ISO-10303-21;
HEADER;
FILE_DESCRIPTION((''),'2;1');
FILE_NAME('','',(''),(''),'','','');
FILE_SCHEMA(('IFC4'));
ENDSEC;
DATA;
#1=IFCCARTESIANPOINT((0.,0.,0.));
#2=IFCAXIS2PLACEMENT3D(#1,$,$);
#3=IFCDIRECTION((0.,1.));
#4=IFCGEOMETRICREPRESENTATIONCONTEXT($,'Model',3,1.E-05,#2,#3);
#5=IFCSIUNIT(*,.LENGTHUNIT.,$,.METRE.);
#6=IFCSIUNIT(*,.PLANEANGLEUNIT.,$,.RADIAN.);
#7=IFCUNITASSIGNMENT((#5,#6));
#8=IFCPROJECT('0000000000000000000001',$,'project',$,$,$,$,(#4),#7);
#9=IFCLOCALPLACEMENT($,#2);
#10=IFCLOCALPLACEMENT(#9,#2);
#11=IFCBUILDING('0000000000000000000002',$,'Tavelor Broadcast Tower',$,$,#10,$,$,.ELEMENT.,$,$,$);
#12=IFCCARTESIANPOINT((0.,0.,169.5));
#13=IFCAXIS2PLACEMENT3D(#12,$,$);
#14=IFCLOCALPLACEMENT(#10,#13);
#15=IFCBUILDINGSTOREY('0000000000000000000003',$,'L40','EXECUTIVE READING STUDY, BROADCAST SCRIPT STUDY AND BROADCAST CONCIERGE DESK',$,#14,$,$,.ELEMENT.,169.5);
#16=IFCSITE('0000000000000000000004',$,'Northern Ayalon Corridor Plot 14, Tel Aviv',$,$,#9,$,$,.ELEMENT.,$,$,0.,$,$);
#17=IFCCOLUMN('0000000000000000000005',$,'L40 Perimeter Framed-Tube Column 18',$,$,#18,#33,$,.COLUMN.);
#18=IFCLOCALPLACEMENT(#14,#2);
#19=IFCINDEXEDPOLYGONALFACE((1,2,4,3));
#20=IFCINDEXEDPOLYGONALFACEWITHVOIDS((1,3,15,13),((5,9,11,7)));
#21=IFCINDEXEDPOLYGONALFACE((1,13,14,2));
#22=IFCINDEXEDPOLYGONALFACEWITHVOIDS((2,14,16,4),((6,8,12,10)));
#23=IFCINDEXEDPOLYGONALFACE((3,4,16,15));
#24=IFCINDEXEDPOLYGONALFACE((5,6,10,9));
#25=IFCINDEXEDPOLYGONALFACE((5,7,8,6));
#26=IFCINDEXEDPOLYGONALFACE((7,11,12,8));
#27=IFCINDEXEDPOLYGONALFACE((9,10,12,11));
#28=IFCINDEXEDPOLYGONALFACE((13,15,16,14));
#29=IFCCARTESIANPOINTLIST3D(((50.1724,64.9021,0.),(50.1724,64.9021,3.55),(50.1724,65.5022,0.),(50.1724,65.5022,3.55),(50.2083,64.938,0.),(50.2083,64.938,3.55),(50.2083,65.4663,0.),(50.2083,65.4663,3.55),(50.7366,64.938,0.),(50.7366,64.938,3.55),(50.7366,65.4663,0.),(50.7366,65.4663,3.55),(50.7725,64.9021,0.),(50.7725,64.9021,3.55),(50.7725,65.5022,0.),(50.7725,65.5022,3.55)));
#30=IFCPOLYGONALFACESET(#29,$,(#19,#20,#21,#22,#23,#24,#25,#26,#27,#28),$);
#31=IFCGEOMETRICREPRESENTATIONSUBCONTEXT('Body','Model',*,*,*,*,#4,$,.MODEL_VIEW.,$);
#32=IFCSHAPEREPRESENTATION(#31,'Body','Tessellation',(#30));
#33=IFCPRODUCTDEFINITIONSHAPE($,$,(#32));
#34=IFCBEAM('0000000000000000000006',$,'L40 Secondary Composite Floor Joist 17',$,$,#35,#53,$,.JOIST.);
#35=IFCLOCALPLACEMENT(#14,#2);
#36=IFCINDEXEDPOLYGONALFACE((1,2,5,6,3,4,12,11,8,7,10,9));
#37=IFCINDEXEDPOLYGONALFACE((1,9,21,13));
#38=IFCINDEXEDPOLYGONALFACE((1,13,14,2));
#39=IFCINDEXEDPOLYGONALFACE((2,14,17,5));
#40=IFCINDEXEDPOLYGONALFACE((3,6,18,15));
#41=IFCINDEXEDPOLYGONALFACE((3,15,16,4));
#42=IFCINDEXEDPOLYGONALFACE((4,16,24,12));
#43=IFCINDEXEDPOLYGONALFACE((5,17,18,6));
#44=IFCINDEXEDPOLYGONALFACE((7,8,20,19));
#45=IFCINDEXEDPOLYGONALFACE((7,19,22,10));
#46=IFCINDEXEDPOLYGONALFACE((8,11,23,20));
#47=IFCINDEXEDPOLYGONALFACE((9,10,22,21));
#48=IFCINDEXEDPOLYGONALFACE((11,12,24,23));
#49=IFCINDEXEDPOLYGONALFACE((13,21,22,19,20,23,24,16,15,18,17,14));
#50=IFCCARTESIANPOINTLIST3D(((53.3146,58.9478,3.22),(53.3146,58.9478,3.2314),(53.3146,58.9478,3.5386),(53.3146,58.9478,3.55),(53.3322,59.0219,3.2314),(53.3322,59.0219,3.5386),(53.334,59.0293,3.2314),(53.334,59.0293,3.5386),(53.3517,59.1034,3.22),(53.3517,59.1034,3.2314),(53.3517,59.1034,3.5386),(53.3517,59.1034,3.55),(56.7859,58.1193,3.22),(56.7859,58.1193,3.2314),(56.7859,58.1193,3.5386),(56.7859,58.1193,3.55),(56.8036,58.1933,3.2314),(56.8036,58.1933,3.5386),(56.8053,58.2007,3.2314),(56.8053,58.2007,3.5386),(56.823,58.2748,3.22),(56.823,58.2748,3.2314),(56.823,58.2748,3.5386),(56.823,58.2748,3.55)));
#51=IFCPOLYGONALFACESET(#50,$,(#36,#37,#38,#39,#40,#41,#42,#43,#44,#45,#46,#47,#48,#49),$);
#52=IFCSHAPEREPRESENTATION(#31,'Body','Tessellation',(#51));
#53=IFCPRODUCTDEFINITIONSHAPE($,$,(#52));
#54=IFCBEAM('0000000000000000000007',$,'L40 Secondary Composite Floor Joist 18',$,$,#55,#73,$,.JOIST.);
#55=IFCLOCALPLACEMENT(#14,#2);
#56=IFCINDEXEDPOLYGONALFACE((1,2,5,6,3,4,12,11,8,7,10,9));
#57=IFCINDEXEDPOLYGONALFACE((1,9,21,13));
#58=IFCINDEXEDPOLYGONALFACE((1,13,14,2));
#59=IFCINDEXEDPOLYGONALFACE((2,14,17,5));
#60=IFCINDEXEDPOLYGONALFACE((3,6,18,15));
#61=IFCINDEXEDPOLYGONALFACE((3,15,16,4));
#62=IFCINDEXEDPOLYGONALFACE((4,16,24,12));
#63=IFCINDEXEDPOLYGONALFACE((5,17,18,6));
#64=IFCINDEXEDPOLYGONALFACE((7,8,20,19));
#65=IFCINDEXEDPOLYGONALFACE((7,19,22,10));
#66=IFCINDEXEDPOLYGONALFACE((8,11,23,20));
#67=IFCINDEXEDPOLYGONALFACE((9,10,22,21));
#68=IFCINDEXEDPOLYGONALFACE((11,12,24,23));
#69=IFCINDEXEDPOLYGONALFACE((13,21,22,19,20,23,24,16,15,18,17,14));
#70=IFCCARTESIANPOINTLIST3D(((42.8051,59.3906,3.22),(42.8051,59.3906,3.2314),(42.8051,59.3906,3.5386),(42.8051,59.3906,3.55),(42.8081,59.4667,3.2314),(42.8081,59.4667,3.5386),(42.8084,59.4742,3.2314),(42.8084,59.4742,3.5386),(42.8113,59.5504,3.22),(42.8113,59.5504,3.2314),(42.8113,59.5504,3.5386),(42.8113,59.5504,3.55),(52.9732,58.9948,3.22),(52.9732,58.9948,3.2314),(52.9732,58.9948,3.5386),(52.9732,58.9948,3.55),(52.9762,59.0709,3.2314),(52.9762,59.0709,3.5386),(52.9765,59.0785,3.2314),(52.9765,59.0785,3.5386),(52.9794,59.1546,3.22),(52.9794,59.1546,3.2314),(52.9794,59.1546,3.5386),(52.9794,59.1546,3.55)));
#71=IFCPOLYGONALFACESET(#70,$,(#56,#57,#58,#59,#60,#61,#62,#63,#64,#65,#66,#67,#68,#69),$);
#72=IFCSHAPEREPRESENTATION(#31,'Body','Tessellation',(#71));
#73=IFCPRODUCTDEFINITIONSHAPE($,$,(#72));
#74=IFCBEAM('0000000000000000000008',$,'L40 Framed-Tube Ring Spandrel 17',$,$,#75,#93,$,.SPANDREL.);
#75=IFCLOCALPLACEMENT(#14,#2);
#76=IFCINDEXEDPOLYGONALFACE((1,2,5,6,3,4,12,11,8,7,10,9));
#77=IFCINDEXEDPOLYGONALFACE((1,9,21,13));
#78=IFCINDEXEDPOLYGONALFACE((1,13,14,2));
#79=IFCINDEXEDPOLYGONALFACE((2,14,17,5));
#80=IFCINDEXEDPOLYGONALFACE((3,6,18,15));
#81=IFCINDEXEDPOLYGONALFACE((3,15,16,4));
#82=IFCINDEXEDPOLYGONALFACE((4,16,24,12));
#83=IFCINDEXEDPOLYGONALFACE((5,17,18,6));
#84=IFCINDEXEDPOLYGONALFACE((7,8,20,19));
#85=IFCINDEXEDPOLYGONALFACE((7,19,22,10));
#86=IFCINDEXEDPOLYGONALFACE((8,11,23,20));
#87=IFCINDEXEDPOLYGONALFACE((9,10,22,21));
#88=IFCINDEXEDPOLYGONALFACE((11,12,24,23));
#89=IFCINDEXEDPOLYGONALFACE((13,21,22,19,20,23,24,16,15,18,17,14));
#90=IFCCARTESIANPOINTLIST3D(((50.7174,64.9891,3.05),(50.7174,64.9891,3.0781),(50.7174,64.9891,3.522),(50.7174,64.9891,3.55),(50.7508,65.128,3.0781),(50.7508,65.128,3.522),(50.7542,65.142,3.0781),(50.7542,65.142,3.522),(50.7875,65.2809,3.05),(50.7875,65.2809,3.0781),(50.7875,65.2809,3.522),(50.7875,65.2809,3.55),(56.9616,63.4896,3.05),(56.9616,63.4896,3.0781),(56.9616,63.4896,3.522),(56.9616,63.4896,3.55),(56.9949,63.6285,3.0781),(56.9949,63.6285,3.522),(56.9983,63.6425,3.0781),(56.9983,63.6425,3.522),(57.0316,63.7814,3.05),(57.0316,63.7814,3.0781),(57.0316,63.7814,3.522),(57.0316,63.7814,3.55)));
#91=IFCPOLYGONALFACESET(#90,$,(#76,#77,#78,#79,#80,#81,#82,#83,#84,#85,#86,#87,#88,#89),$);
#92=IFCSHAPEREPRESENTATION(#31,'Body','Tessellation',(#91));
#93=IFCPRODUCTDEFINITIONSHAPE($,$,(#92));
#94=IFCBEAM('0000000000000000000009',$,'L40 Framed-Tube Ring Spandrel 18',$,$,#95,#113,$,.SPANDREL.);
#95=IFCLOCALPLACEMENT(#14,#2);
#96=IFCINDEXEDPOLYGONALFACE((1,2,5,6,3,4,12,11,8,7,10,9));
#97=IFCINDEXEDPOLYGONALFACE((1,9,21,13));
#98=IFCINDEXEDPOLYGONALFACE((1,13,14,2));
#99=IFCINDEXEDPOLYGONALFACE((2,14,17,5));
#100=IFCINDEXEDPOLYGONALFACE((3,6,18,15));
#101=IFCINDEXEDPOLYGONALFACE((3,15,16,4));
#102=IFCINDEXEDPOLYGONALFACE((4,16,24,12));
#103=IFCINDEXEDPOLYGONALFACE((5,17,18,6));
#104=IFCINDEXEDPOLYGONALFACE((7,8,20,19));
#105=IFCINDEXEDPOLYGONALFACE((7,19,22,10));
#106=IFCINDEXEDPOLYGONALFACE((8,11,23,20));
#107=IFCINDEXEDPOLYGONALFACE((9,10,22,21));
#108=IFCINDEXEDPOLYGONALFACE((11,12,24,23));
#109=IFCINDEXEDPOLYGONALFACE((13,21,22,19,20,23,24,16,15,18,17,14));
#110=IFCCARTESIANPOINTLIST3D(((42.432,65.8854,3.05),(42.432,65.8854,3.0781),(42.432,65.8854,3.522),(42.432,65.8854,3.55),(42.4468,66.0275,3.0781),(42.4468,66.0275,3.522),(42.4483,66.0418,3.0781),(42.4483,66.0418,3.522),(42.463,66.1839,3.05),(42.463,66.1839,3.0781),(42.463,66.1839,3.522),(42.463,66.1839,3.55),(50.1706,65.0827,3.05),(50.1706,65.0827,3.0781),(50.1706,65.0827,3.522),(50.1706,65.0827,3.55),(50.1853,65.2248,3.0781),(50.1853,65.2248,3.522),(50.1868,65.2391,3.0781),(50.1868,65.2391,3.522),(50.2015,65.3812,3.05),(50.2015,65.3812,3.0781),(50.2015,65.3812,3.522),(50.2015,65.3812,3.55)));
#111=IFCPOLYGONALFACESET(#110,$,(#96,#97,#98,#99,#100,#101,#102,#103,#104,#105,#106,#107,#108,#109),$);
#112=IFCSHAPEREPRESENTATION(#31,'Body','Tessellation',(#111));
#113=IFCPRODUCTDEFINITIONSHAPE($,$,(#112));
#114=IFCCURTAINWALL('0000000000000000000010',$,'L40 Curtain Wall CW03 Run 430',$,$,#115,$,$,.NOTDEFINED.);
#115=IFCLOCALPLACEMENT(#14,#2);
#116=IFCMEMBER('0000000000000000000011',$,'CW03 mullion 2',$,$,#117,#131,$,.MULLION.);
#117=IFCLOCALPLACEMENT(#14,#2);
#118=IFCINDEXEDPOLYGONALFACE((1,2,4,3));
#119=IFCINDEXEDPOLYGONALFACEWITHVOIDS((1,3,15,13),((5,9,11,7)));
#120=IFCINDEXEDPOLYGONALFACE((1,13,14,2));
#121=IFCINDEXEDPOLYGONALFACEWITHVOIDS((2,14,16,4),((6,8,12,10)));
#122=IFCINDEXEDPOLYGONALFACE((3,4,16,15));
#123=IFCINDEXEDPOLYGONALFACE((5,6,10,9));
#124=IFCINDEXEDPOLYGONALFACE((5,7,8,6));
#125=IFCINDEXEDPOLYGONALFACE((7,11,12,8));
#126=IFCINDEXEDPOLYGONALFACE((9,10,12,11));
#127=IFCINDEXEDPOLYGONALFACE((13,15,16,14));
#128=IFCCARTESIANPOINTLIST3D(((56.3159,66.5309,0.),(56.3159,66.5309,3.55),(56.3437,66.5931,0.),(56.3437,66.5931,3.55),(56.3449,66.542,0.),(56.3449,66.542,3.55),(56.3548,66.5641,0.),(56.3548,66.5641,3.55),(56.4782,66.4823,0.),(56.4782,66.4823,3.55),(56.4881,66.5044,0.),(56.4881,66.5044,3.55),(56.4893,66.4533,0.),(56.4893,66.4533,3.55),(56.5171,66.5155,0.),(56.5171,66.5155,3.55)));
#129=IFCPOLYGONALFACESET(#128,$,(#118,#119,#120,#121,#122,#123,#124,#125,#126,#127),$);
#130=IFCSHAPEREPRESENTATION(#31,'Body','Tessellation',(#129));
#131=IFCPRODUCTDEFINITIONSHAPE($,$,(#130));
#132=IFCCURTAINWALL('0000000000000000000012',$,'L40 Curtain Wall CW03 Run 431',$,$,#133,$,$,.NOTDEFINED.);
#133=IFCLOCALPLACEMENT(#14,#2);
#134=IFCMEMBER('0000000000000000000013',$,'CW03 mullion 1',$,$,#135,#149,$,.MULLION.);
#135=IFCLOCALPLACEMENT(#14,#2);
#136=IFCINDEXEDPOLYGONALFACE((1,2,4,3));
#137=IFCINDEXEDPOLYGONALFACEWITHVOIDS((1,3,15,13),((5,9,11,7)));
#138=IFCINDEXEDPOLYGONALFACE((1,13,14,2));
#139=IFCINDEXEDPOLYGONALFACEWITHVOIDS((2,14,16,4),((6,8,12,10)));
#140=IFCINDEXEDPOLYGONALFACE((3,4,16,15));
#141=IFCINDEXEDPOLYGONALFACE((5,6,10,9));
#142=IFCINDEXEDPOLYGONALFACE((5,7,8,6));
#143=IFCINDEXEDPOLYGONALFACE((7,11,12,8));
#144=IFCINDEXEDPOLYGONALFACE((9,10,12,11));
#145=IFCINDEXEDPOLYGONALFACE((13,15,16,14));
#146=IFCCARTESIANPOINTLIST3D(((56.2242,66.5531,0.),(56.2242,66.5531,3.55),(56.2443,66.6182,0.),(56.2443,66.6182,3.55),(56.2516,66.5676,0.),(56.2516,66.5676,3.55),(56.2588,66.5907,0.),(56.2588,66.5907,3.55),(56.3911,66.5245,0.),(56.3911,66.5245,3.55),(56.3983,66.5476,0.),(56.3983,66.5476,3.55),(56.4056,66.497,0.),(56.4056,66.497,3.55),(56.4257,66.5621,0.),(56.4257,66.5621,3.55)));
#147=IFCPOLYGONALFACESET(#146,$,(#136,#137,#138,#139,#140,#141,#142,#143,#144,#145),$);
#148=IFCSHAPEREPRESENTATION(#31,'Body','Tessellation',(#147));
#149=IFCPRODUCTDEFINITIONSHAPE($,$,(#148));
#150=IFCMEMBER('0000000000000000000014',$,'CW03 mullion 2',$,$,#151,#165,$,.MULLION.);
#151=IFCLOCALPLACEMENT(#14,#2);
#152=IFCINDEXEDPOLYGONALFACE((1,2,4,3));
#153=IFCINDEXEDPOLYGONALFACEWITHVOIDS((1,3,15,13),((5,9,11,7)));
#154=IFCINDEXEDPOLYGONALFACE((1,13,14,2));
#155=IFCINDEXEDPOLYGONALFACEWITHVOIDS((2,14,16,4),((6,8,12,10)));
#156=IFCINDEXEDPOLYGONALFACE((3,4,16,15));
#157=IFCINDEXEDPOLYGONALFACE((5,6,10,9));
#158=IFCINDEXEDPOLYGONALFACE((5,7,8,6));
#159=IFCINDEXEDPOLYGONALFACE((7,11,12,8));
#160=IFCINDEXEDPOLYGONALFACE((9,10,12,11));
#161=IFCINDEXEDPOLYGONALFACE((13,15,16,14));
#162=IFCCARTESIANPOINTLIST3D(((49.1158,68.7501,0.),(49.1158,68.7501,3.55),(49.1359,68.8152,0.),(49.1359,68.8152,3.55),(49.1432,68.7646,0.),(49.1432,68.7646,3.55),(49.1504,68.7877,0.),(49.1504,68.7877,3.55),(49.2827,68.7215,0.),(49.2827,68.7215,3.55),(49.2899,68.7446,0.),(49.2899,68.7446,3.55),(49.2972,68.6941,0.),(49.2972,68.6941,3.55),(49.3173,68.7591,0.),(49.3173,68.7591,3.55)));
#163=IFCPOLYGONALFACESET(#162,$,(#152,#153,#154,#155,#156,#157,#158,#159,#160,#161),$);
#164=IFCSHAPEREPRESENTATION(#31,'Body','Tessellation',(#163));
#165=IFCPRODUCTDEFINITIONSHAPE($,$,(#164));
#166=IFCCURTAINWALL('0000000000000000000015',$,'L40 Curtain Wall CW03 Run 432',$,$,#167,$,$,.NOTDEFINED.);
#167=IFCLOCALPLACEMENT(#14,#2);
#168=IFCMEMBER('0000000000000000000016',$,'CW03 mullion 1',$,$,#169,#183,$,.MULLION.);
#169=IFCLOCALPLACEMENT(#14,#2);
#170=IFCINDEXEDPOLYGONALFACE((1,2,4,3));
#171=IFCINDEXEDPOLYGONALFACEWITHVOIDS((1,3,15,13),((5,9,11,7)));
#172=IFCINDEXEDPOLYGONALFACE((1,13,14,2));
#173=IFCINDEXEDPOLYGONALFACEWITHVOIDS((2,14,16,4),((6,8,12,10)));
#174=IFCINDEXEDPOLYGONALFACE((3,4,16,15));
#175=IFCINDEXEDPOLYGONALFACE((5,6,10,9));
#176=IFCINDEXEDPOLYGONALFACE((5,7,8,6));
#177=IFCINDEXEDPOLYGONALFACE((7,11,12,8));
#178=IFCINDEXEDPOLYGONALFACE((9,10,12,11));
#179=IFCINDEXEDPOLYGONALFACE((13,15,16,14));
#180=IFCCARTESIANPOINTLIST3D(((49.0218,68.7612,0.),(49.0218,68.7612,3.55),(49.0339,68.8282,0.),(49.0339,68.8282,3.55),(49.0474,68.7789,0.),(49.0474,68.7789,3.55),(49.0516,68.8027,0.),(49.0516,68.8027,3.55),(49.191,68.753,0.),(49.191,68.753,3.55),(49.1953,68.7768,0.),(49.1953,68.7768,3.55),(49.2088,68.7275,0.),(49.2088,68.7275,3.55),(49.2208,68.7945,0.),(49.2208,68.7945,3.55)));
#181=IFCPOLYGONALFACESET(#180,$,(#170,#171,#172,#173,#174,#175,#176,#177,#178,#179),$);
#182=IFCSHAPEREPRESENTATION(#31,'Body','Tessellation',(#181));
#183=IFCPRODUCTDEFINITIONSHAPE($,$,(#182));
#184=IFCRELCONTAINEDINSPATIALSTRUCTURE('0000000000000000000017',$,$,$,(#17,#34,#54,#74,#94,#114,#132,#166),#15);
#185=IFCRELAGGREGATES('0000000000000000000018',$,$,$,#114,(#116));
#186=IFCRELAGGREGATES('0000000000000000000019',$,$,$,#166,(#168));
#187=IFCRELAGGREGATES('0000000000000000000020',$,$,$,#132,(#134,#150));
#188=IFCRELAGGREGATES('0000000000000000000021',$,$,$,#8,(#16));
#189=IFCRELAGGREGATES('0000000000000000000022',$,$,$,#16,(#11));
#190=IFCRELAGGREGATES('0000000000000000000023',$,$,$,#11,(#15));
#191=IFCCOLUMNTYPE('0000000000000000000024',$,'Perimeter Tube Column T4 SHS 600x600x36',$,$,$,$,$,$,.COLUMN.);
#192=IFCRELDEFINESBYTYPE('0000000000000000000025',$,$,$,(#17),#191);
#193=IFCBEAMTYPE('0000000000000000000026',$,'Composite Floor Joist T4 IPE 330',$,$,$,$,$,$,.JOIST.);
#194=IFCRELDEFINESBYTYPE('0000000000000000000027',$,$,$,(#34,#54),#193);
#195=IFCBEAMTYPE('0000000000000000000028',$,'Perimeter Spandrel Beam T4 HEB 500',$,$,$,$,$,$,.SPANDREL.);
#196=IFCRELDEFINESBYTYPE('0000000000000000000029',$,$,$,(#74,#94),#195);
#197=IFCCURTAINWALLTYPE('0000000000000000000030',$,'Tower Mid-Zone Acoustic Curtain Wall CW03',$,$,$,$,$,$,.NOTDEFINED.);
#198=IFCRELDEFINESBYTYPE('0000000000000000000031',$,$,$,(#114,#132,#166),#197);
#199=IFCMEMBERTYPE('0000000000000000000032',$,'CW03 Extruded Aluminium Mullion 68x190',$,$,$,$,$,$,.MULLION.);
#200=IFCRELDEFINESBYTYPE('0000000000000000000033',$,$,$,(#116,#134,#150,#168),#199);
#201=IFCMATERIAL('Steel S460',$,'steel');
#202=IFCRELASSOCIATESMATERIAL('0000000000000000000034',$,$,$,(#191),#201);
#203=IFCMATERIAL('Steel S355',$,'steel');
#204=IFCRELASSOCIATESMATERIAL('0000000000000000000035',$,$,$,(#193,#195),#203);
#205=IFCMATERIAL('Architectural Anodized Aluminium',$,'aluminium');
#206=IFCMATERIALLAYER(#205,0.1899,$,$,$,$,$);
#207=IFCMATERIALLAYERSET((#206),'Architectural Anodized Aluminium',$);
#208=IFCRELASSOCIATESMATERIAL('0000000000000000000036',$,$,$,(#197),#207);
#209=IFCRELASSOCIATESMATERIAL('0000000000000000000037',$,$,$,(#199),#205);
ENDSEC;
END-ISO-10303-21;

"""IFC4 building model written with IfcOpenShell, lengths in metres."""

from ifc_helpers import new_model, si_unit, direction, frame, origin, origin_2d, place, context, subcontext, project, spatial, hollow_rectangle, i_section, extrude, source, transform, mapped, material, layer, layer_set, material_profile, profile_set, type_object, type_shapes, element, aggregate, save


model = new_model("IFC4")

# Units and contexts
model_context = context("Model", 3, precision=1e-05, world=origin(), true_north=direction((0.0, 1.0)))
body_context = subcontext(model_context, "Body", "Model", "MODEL_VIEW")
ifc_project = project(units=[si_unit("LENGTHUNIT", "METRE"), si_unit("PLANEANGLEUNIT", "RADIAN")], contexts=[model_context])

# Site, building, storey
site_placement = place(None, origin())
site = spatial("IfcSite", under=ifc_project, at=site_placement, Name="Northern Ayalon Corridor Plot 14, Tel Aviv", CompositionType="ELEMENT", RefElevation=0.0)
building_placement = place(site_placement, origin())
building = spatial("IfcBuilding", under=site, at=building_placement, Name="Tavelor Broadcast Tower", CompositionType="ELEMENT")
storey_placement = place(building_placement, frame((0.0, 0.0, 169.5)))
storey = spatial("IfcBuildingStorey", under=building, at=storey_placement, Name="L40", Description="EXECUTIVE READING STUDY, BROADCAST SCRIPT STUDY AND BROADCAST CONCIERGE DESK", CompositionType="ELEMENT", Elevation=169.5)

# Column
ifc_material_1 = material(Name="Steel S460", Category="steel")
ifc_material_profile_1 = material_profile(ifc_material_1, hollow_rectangle(XDim=0.6001, YDim=0.6001, WallThickness=0.0359, at=origin_2d()), Name="SHS 600x600x36")
ifc_profile_set_1 = profile_set([ifc_material_profile_1], Name="Steel S460")
column_type = type_object("IfcColumnType", Name="Perimeter Tube Column T4 SHS 600x600x36", PredefinedType="COLUMN", material=ifc_profile_set_1)
column_placement = place(storey_placement, frame((50.4724, 65.2021, 0.0), z_axis=(0.0, 0.0, 1.0), x_axis=(1.0, 0.0, 0.0)))
element("IfcColumn", 1, at=column_placement, inside=storey, type_object=column_type, Name="L40 Perimeter Framed-Tube Column 18", PredefinedType="COLUMN", context=body_context, shape_type="SweptSolid", body=[
    extrude(hollow_rectangle(XDim=0.6001, YDim=0.6001, WallThickness=0.0359, at=origin_2d()), origin(), (0.0, 0.0, 1.0), 3.55),
])

# Beams
ifc_material_2 = material(Name="Steel S355", Category="steel")
ifc_material_profile_2 = material_profile(ifc_material_2, i_section(OverallWidth=0.1599, OverallDepth=0.3301, WebThickness=0.0076, FlangeThickness=0.0115, at=origin_2d()), Name="IPE 330")
ifc_profile_set_2 = profile_set([ifc_material_profile_2], Name="Steel S355")
beam_type_1 = type_object("IfcBeamType", Name="Composite Floor Joist T4 IPE 330", PredefinedType="JOIST", material=ifc_profile_set_2)
beam_1_placement = place(storey_placement, frame((56.8044, 58.197, 3.385), z_axis=(-0.972675, 0.232172, 0.0), x_axis=(-0.232172, -0.972675, 0.0)))
element("IfcBeam", 2, at=beam_1_placement, inside=storey, type_object=beam_type_1, Name="L40 Secondary Composite Floor Joist 17", PredefinedType="JOIST", context=body_context, shape_type="SweptSolid", body=[
    extrude(i_section(OverallWidth=0.1599, OverallDepth=0.3301, WebThickness=0.0076, FlangeThickness=0.0115, at=origin_2d()), origin(), (0.0, 0.0, 1.0), 3.5688),
])
beam_2_placement = place(storey_placement, frame((52.9763, 59.0747, 3.385), z_axis=(-0.999243, 0.038892, 0.0), x_axis=(-0.038892, -0.999243, 0.0)))
element("IfcBeam", 3, at=beam_2_placement, inside=storey, type_object=beam_type_1, Name="L40 Secondary Composite Floor Joist 18", PredefinedType="JOIST", context=body_context, shape_type="SweptSolid", body=[
    extrude(i_section(OverallWidth=0.1599, OverallDepth=0.3301, WebThickness=0.0076, FlangeThickness=0.0115, at=origin_2d()), origin(), (0.0, 0.0, 1.0), 10.1758),
])
ifc_material_profile_3 = material_profile(ifc_material_2, i_section(OverallWidth=0.3, OverallDepth=0.5, WebThickness=0.0144, FlangeThickness=0.0281, at=origin_2d()), Name="HEB 500")
ifc_profile_set_3 = profile_set([ifc_material_profile_3], Name="Steel S355")
beam_type_2 = type_object("IfcBeamType", Name="Perimeter Spandrel Beam T4 HEB 500", PredefinedType="SPANDREL", material=ifc_profile_set_3)
beam_3_placement = place(storey_placement, frame((56.9966, 63.6355, 3.3), z_axis=(-0.972355, 0.233508, 0.0), x_axis=(-0.233508, -0.972355, 0.0)))
element("IfcBeam", 4, at=beam_3_placement, inside=storey, type_object=beam_type_2, Name="L40 Framed-Tube Ring Spandrel 17", PredefinedType="SPANDREL", context=body_context, shape_type="SweptSolid", body=[
    extrude(i_section(OverallWidth=0.3, OverallDepth=0.5, WebThickness=0.0144, FlangeThickness=0.0281, at=origin_2d()), origin(), (0.0, 0.0, 1.0), 6.4216),
])
beam_4_placement = place(storey_placement, frame((50.186, 65.2319, 3.3), z_axis=(-0.994663, 0.103179, 0.0), x_axis=(-0.103179, -0.994663, 0.0)))
element("IfcBeam", 5, at=beam_4_placement, inside=storey, type_object=beam_type_2, Name="L40 Framed-Tube Ring Spandrel 18", PredefinedType="SPANDREL", context=body_context, shape_type="SweptSolid", body=[
    extrude(i_section(OverallWidth=0.3, OverallDepth=0.5, WebThickness=0.0144, FlangeThickness=0.0281, at=origin_2d()), origin(), (0.0, 0.0, 1.0), 7.78),
])

# Curtain wall, member
ifc_material_3 = material(Name="Architectural Anodized Aluminium", Category="aluminium")
ifc_layer_1 = layer(ifc_material_3, 0.1899)
ifc_layer_set_1 = layer_set([ifc_layer_1], Name="Architectural Anodized Aluminium")
curtain_wall_type = type_object("IfcCurtainWallType", Name="Tower Mid-Zone Acoustic Curtain Wall CW03", PredefinedType="NOTDEFINED", material=ifc_layer_set_1)
curtain_wall_1_placement = place(storey_placement, origin())
curtain_wall_1 = element("IfcCurtainWall", 6, at=curtain_wall_1_placement, inside=storey, type_object=curtain_wall_type, Name="L40 Curtain Wall CW03 Run 430", PredefinedType="NOTDEFINED")
ifc_material_profile_4 = material_profile(ifc_material_3, hollow_rectangle(XDim=0.0681, YDim=0.1899, WallThickness=0.022, at=origin_2d()), Name="RHS 68x190x22")
ifc_profile_set_4 = profile_set([ifc_material_profile_4], Name="Architectural Anodized Aluminium")
member_type_1 = type_object("IfcMemberType", Name="CW03 Extruded Aluminium Mullion 68x190", PredefinedType="MULLION", material=ifc_profile_set_4)
shared_shape_1 = source(origin(), body_context, "Body", "SweptSolid", [
    extrude(hollow_rectangle(XDim=0.0681, YDim=0.1899, WallThickness=0.022, at=origin_2d()), origin(), (0.0, 0.0, 1.0), 3.55),
])
type_shapes(member_type_1, [shared_shape_1])
member_1_placement = place(storey_placement, frame((56.4165, 66.5232, 0.0), z_axis=(0.0, 0.0, 1.0), x_axis=(-0.408733, -0.912654, 0.0)))
member_1 = element("IfcMember", 7, at=member_1_placement, type_object=member_type_1, Name="CW03 mullion 2", PredefinedType="MULLION", context=body_context, shape_type="MappedRepresentation", body=[
    mapped(shared_shape_1, transform((0.0, 0.0, 0.0), scale=1.0)),
])
aggregate(curtain_wall_1, [member_1])

# Curtain walls, members
curtain_wall_2_placement = place(storey_placement, origin())
curtain_wall_2 = element("IfcCurtainWall", 8, at=curtain_wall_2_placement, inside=storey, type_object=curtain_wall_type, Name="L40 Curtain Wall CW03 Run 431", PredefinedType="NOTDEFINED")
member_2_placement = place(storey_placement, frame((56.325, 66.5576, 0.0), z_axis=(0.0, 0.0, 1.0), x_axis=(-0.295274, -0.955413, 0.0)))
member_2 = element("IfcMember", 9, at=member_2_placement, type_object=member_type_1, Name="CW03 mullion 1", PredefinedType="MULLION", context=body_context, shape_type="MappedRepresentation", body=[
    mapped(shared_shape_1, transform((0.0, 0.0, 0.0), scale=1.0)),
])
member_3_placement = place(storey_placement, frame((49.2166, 68.7546, 0.0), z_axis=(0.0, 0.0, 1.0), x_axis=(-0.295274, -0.955413, 0.0)))
member_3 = element("IfcMember", 10, at=member_3_placement, type_object=member_type_1, Name="CW03 mullion 2", PredefinedType="MULLION", context=body_context, shape_type="MappedRepresentation", body=[
    mapped(shared_shape_1, transform((0.0, 0.0, 0.0), scale=1.0)),
])
curtain_wall_3_placement = place(storey_placement, origin())
curtain_wall_3 = element("IfcCurtainWall", 11, at=curtain_wall_3_placement, inside=storey, type_object=curtain_wall_type, Name="L40 Curtain Wall CW03 Run 432", PredefinedType="NOTDEFINED")
member_4_placement = place(storey_placement, frame((49.1213, 68.7778, 0.0), z_axis=(0.0, 0.0, 1.0), x_axis=(-0.177492, -0.984122, 0.0)))
member_4 = element("IfcMember", 12, at=member_4_placement, type_object=member_type_1, Name="CW03 mullion 1", PredefinedType="MULLION", context=body_context, shape_type="MappedRepresentation", body=[
    mapped(shared_shape_1, transform((0.0, 0.0, 0.0), scale=1.0)),
])
aggregate(curtain_wall_3, [member_4])

aggregate(curtain_wall_2, [member_2, member_3])

save(model, "model.ifc")
